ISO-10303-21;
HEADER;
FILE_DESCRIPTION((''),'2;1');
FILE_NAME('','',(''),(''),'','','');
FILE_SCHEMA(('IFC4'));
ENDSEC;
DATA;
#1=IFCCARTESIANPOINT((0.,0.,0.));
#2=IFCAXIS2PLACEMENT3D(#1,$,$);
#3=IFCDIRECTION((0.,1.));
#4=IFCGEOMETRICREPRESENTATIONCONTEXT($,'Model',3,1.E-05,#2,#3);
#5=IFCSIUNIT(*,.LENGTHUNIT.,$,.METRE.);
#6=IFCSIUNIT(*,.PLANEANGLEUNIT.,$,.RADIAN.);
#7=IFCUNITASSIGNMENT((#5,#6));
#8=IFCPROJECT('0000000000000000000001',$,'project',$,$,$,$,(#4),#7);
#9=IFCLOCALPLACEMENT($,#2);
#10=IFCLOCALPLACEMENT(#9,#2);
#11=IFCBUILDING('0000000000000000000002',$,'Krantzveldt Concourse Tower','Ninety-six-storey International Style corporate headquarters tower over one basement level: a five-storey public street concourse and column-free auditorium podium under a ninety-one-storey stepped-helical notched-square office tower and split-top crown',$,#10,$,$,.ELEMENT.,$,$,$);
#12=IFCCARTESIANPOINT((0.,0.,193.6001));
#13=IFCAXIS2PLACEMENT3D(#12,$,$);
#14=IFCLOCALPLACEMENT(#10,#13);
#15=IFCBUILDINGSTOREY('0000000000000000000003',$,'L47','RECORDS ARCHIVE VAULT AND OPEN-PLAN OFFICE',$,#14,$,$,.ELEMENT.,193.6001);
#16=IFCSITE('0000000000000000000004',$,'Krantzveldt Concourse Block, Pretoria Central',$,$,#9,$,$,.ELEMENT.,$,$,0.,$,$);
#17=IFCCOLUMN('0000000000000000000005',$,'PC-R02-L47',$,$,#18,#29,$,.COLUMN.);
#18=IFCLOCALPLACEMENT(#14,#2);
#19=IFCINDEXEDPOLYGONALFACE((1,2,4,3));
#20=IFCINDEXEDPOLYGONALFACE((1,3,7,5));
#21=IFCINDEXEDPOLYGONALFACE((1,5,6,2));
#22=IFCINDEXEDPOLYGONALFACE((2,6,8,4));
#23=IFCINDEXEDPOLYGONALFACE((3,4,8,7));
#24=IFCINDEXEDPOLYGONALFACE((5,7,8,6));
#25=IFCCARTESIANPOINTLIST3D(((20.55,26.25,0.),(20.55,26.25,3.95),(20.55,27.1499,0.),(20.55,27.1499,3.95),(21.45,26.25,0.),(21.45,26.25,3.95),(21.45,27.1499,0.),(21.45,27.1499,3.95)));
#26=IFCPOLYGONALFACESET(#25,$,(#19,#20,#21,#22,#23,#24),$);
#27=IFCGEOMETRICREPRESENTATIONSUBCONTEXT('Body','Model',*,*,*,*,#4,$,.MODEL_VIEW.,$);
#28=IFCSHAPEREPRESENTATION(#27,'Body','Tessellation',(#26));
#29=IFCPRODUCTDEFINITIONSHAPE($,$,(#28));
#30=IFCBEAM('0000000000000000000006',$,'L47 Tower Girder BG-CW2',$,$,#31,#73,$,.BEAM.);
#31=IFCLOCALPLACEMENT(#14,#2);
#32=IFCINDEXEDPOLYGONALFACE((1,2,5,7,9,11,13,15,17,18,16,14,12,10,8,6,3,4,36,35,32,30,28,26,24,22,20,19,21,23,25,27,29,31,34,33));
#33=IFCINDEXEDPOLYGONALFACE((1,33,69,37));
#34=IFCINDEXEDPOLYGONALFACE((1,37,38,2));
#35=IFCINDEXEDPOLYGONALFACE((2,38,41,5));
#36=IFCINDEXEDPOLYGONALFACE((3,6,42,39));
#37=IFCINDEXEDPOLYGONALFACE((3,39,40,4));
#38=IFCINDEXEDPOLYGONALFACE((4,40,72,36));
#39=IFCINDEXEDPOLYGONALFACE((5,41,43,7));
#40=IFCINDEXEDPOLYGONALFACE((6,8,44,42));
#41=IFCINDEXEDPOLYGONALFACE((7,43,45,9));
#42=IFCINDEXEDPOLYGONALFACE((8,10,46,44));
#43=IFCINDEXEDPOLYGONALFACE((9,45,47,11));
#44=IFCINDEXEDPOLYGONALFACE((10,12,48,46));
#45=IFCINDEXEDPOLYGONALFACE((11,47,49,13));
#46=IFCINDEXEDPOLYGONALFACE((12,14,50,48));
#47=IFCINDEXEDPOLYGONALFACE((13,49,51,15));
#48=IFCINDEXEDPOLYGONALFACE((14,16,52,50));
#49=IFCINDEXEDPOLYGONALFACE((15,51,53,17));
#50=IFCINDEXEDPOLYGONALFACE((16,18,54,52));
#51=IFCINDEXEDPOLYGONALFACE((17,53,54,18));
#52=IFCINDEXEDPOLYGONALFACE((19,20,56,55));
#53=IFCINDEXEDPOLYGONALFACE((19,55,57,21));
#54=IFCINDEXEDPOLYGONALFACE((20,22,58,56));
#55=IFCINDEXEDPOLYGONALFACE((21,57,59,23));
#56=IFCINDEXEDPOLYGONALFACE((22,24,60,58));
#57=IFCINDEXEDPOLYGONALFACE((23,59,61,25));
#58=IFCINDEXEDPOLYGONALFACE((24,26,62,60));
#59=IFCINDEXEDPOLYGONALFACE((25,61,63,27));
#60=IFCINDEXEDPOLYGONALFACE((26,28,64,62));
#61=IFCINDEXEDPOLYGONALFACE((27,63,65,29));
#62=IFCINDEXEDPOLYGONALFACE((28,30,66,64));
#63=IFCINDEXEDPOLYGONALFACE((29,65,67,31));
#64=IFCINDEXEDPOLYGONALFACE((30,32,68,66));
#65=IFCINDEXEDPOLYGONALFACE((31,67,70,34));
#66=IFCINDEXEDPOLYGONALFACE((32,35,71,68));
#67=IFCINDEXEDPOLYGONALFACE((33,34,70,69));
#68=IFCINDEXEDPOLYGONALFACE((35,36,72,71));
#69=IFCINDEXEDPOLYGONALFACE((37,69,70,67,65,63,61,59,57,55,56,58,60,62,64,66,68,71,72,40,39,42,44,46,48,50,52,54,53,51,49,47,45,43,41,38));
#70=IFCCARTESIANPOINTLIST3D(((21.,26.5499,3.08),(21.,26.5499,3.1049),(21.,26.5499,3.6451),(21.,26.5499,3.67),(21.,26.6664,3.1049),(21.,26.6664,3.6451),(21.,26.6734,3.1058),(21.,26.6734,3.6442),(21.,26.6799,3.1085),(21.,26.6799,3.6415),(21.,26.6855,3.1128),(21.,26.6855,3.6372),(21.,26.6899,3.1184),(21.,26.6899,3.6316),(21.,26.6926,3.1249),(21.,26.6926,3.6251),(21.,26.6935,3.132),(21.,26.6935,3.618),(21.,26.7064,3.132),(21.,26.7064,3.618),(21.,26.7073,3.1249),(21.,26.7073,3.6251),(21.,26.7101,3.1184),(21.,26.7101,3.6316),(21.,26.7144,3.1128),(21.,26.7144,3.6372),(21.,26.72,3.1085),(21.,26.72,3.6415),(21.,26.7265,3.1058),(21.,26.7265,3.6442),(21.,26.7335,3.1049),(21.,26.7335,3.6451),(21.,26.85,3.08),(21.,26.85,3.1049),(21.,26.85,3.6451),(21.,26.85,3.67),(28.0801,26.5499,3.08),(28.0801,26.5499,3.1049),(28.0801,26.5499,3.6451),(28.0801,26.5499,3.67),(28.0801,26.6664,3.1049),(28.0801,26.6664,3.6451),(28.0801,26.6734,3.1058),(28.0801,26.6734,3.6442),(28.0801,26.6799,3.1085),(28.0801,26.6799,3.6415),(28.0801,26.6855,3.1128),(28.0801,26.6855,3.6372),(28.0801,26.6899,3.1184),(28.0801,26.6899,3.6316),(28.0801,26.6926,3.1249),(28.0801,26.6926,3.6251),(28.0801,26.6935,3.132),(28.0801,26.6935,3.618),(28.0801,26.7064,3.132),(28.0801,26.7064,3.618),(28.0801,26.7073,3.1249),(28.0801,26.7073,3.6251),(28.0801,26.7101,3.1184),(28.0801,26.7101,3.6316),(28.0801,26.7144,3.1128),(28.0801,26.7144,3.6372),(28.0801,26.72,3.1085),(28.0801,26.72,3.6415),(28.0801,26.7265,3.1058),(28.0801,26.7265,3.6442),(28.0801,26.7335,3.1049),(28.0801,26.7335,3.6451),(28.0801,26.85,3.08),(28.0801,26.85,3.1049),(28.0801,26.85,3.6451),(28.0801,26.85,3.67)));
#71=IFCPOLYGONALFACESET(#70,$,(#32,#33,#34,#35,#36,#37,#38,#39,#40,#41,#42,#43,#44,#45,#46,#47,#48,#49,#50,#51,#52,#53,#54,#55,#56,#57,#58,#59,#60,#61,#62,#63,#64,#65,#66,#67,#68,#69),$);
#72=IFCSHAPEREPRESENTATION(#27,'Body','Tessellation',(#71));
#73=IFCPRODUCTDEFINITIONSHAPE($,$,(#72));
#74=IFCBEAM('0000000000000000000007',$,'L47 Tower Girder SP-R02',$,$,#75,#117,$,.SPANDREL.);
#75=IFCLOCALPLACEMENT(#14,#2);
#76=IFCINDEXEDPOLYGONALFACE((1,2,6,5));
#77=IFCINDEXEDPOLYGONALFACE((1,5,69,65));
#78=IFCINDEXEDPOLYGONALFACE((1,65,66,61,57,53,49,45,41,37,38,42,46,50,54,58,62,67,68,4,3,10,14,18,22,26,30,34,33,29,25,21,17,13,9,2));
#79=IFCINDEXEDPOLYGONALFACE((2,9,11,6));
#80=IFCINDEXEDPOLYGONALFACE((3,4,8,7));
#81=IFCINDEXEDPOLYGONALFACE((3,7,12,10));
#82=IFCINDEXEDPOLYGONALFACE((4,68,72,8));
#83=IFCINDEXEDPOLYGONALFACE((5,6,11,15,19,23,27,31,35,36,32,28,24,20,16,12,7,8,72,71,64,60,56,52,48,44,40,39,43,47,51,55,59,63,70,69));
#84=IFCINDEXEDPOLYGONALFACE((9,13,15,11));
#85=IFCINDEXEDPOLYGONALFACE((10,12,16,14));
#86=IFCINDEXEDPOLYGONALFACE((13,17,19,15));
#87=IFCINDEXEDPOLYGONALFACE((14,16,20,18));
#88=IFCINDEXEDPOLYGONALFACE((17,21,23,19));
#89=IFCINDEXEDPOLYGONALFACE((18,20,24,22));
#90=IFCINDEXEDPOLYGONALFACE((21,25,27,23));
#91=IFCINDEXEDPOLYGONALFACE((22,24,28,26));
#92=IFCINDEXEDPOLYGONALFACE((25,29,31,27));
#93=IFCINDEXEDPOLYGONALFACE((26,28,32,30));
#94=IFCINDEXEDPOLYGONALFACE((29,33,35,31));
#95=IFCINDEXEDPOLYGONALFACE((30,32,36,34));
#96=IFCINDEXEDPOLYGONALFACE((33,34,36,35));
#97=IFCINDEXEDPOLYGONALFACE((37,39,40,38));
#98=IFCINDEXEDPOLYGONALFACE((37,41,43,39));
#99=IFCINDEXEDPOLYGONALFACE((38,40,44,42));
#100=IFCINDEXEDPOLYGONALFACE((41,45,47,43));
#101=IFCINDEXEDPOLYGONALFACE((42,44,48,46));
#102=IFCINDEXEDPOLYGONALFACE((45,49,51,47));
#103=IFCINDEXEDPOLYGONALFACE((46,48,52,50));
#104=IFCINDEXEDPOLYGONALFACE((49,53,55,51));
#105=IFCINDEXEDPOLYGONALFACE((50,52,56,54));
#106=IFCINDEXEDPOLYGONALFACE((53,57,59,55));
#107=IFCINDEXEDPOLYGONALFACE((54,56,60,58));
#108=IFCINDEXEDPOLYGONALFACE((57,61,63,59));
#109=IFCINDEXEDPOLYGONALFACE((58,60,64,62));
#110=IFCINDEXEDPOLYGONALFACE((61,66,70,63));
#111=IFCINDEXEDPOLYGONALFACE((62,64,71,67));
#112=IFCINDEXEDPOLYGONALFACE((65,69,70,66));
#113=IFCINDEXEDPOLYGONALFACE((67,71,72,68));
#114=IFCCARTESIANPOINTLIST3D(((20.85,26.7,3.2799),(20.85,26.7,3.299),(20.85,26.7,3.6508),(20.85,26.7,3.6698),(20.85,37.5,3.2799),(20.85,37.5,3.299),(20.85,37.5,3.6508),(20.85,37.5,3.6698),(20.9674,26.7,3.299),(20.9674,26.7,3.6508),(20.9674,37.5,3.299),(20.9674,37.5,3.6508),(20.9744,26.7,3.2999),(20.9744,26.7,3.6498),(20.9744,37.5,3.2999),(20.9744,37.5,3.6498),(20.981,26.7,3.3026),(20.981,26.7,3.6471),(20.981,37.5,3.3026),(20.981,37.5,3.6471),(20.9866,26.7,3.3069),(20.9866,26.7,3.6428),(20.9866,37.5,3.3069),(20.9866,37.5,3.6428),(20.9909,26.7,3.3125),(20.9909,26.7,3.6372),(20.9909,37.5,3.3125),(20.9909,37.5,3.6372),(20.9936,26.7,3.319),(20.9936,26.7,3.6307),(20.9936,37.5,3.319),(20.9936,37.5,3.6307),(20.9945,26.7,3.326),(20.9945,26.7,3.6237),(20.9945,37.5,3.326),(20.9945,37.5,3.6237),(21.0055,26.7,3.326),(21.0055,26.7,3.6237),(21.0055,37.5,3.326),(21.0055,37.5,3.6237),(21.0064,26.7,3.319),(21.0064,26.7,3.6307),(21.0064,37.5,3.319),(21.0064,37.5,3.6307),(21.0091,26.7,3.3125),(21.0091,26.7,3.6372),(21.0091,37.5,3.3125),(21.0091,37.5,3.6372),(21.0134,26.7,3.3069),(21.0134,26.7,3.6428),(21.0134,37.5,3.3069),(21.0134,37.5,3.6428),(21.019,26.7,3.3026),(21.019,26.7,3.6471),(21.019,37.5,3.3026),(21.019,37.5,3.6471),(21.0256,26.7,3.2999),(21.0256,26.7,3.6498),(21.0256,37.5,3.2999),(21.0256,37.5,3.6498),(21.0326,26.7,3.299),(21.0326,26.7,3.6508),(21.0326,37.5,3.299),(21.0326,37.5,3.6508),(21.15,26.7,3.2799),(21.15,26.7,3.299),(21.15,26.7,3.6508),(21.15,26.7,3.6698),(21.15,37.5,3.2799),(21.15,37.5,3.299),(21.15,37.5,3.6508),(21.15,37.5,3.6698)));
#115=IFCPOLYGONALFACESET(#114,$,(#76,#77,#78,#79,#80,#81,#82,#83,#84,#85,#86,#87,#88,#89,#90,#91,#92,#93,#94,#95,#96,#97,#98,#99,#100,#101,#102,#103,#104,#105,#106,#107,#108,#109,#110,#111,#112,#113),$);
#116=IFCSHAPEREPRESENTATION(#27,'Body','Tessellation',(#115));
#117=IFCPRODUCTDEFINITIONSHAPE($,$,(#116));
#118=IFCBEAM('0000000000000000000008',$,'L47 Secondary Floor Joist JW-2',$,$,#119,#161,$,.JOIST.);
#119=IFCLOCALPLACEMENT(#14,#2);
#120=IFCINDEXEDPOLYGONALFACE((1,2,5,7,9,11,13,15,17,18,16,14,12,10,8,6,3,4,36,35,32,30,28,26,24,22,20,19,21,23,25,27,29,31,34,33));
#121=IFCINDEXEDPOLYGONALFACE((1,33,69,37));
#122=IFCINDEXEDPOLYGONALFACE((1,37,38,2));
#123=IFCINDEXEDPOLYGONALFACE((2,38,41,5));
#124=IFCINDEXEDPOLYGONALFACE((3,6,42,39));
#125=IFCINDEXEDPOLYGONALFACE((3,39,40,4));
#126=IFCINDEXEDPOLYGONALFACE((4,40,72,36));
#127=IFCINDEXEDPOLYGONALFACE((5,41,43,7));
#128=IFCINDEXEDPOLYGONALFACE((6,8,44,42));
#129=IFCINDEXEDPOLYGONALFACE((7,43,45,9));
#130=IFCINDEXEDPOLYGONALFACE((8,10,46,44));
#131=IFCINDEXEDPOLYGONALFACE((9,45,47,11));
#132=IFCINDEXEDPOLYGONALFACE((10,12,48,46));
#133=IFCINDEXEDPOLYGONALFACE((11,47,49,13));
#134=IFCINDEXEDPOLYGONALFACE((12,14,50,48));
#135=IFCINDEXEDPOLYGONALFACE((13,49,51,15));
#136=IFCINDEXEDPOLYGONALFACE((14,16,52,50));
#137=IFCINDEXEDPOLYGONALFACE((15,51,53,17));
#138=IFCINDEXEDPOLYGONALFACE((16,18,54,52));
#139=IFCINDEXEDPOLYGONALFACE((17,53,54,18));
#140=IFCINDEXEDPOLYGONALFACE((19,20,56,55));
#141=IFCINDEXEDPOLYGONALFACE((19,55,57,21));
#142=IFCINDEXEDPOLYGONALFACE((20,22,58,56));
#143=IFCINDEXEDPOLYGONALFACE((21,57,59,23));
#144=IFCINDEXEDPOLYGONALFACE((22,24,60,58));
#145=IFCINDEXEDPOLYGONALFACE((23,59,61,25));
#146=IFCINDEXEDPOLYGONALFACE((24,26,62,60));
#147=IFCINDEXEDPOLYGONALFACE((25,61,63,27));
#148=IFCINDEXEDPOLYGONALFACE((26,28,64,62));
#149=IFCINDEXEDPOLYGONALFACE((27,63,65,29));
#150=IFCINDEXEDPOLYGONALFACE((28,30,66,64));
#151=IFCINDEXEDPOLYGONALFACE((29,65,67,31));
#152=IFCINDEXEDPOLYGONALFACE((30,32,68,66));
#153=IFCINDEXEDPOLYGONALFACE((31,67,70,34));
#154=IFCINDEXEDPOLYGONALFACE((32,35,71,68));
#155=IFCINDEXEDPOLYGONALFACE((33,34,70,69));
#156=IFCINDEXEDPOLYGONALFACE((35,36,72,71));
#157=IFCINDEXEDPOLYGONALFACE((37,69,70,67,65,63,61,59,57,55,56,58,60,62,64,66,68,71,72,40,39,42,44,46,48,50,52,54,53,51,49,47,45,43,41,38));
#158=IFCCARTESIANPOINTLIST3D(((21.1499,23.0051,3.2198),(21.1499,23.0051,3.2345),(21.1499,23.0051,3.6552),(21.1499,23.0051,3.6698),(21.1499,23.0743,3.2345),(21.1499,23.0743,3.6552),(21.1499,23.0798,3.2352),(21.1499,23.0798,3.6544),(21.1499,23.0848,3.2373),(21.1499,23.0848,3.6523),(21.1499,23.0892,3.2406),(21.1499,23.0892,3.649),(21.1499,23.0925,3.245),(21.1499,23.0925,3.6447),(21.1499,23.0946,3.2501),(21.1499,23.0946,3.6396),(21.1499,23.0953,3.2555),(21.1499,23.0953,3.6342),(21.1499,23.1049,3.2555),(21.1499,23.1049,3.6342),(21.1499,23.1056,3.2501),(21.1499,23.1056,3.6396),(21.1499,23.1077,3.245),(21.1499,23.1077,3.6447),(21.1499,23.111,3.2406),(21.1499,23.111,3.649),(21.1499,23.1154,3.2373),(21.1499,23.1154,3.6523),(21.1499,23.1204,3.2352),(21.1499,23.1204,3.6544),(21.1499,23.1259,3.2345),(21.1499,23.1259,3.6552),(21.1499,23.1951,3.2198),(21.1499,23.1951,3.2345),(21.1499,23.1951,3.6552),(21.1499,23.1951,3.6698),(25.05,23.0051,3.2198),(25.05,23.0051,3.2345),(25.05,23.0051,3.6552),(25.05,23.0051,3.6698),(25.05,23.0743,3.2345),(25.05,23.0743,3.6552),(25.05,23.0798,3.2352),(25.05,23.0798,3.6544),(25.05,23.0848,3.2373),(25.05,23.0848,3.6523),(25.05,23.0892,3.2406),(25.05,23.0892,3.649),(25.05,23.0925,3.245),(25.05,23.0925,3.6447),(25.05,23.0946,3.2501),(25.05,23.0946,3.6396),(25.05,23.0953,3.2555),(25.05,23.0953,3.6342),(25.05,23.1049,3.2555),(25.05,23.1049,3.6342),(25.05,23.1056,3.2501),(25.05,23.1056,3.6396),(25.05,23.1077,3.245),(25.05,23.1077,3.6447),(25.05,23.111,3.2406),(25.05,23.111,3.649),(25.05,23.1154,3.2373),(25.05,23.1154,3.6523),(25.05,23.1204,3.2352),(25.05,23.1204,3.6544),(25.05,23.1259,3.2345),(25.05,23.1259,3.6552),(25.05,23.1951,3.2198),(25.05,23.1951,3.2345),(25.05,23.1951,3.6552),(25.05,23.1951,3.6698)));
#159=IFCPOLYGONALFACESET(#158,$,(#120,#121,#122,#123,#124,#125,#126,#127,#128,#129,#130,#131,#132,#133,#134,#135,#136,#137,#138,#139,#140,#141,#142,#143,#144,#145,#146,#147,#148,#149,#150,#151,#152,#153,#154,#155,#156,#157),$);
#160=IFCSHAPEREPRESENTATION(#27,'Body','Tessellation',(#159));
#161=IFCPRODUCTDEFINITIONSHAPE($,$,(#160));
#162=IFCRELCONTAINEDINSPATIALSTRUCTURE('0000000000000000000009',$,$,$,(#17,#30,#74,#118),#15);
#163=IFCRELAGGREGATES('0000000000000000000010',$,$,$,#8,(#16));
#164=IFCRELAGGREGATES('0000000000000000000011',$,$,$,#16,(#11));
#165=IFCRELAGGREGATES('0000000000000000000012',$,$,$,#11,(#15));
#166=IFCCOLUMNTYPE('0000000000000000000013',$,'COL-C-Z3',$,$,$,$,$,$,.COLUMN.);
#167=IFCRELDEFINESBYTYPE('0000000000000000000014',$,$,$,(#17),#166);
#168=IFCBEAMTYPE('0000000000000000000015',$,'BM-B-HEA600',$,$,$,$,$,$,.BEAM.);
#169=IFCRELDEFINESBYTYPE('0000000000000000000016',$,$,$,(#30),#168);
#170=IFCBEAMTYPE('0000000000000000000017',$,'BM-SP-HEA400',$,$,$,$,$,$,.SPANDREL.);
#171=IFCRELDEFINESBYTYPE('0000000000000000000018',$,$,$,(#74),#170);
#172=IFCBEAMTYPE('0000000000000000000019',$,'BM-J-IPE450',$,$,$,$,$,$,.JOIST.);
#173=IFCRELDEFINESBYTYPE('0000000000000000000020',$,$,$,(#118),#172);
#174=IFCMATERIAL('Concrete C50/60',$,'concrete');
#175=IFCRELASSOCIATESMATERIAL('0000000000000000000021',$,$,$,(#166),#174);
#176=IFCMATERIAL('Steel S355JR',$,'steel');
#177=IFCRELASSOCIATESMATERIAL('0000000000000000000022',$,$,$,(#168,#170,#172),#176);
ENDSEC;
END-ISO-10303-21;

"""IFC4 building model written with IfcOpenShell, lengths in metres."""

from ifc_helpers import new_model, si_unit, direction, frame, origin, origin_2d, place, context, subcontext, project, spatial, rectangle, i_section, extrude, source, transform, mapped, material, material_profile, profile_set, type_object, type_shapes, element, save


model = new_model("IFC4")

# Units and contexts
model_context = context("Model", 3, precision=1e-05, world=origin(), true_north=direction((0.0, 1.0)))
body_context = subcontext(model_context, "Body", "Model", "MODEL_VIEW")
ifc_project = project(units=[si_unit("LENGTHUNIT", "METRE"), si_unit("PLANEANGLEUNIT", "RADIAN")], contexts=[model_context])

# Site, building, storey
site_placement = place(None, origin())
site = spatial("IfcSite", under=ifc_project, at=site_placement, Name="Krantzveldt Concourse Block, Pretoria Central", CompositionType="ELEMENT", RefElevation=0.0)
building_placement = place(site_placement, origin())
building = spatial("IfcBuilding", under=site, at=building_placement, Name="Krantzveldt Concourse Tower", Description="Ninety-six-storey International Style corporate headquarters tower over one basement level: a five-storey public street concourse and column-free auditorium podium under a ninety-one-storey stepped-helical notched-square office tower and split-top crown", CompositionType="ELEMENT")
storey_placement = place(building_placement, frame((0.0, 0.0, 193.6001)))
storey = spatial("IfcBuildingStorey", under=building, at=storey_placement, Name="L47", Description="RECORDS ARCHIVE VAULT AND OPEN-PLAN OFFICE", CompositionType="ELEMENT", Elevation=193.6001)

# Column
ifc_material_1 = material(Name="Concrete C50/60", Category="concrete")
ifc_material_profile_1 = material_profile(ifc_material_1, rectangle(XDim=0.8999, YDim=0.8999, at=origin_2d()), Name="Concrete C50/60", Category="concrete")
ifc_profile_set_1 = profile_set([ifc_material_profile_1], Name="Concrete C50/60 - RC 900x900")
column_type = type_object("IfcColumnType", Name="COL-C-Z3", PredefinedType="COLUMN", material=ifc_profile_set_1)
shared_shape_1 = source(origin(), body_context, "Body", "SweptSolid", [
    extrude(rectangle(XDim=0.8999, YDim=0.8999, at=origin_2d()), origin(), (0.0, 0.0, 1.0), 3.95),
])
type_shapes(column_type, [shared_shape_1])
column_placement = place(storey_placement, frame((21.0, 26.7, 0.0), z_axis=(0.0, 0.0, 1.0), x_axis=(1.0, 0.0, 0.0)))
element("IfcColumn", 1, at=column_placement, inside=storey, type_object=column_type, Name="PC-R02-L47", PredefinedType="COLUMN", context=body_context, shape_type="MappedRepresentation", body=[
    mapped(shared_shape_1, transform((0.0, 0.0, 0.0), x_axis=(1.0, 0.0, 0.0), y_axis=(0.0, 1.0, 0.0), z_axis=(0.0, 0.0, 1.0), scale=1.0)),
])

# Beams
ifc_material_2 = material(Name="Steel S355JR", Category="steel")
ifc_material_profile_2 = material_profile(ifc_material_2, i_section(OverallWidth=0.3, OverallDepth=0.5901, WebThickness=0.0129, FlangeThickness=0.0249, FilletRadius=0.0271, at=origin_2d()), Name="Steel S355JR", Category="steel")
ifc_profile_set_2 = profile_set([ifc_material_profile_2], Name="Steel S355JR - HEA 600")
beam_type_1 = type_object("IfcBeamType", Name="BM-B-HEA600", PredefinedType="BEAM", material=ifc_profile_set_2)
shared_shape_2 = source(origin(), body_context, "Body", "SweptSolid", [
    extrude(i_section(OverallWidth=0.3, OverallDepth=0.5901, WebThickness=0.0129, FlangeThickness=0.0249, FilletRadius=0.0271, at=origin_2d()), origin(), (0.0, 0.0, 1.0), 7.0801),
])
type_shapes(beam_type_1, [shared_shape_2])
beam_1_placement = place(storey_placement, frame((21.0, 26.7, 3.375), z_axis=(1.0, 0.0, 0.0), x_axis=(0.0, 1.0, 0.0)))
element("IfcBeam", 2, at=beam_1_placement, inside=storey, type_object=beam_type_1, Name="L47 Tower Girder BG-CW2", PredefinedType="BEAM", context=body_context, shape_type="MappedRepresentation", body=[
    mapped(shared_shape_2, transform((0.0, 0.0, 0.0), x_axis=(1.0, 0.0, 0.0), y_axis=(0.0, 1.0, 0.0), z_axis=(0.0, 0.0, 1.0), scale=1.0)),
])
ifc_material_profile_3 = material_profile(ifc_material_2, i_section(OverallWidth=0.3, OverallDepth=0.3899, WebThickness=0.011, FlangeThickness=0.019, FilletRadius=0.0271, at=origin_2d()), Name="Steel S355JR", Category="steel")
ifc_profile_set_3 = profile_set([ifc_material_profile_3], Name="Steel S355JR - HEA 400")
beam_type_2 = type_object("IfcBeamType", Name="BM-SP-HEA400", PredefinedType="SPANDREL", material=ifc_profile_set_3)
shared_shape_3 = source(origin(), body_context, "Body", "SweptSolid", [
    extrude(i_section(OverallWidth=0.3, OverallDepth=0.3899, WebThickness=0.011, FlangeThickness=0.019, FilletRadius=0.0271, at=origin_2d()), origin(), (0.0, 0.0, 1.0), 10.8),
])
type_shapes(beam_type_2, [shared_shape_3])
beam_2_placement = place(storey_placement, frame((21.0, 26.7, 3.4749), z_axis=(0.0, 1.0, 0.0), x_axis=(-1.0, 0.0, 0.0)))
element("IfcBeam", 3, at=beam_2_placement, inside=storey, type_object=beam_type_2, Name="L47 Tower Girder SP-R02", PredefinedType="SPANDREL", context=body_context, shape_type="MappedRepresentation", body=[
    mapped(shared_shape_3, transform((0.0, 0.0, 0.0), x_axis=(1.0, 0.0, 0.0), y_axis=(0.0, 1.0, 0.0), z_axis=(0.0, 0.0, 1.0), scale=1.0)),
])
ifc_material_profile_4 = material_profile(ifc_material_2, i_section(OverallWidth=0.1899, OverallDepth=0.45, WebThickness=0.0095, FlangeThickness=0.0146, FilletRadius=0.021, at=origin_2d()), Name="Steel S355JR", Category="steel")
ifc_profile_set_4 = profile_set([ifc_material_profile_4], Name="Steel S355JR - IPE 450")
beam_type_3 = type_object("IfcBeamType", Name="BM-J-IPE450", PredefinedType="JOIST", material=ifc_profile_set_4)
shared_shape_4 = source(origin(), body_context, "Body", "SweptSolid", [
    extrude(i_section(OverallWidth=0.1899, OverallDepth=0.45, WebThickness=0.0095, FlangeThickness=0.0146, FilletRadius=0.021, at=origin_2d()), origin(), (0.0, 0.0, 1.0), 3.9001),
])
type_shapes(beam_type_3, [shared_shape_4])
for number, where, z_axis, x_axis, name in (
    (4, (21.1499, 23.1001, 3.4448), (1.0, 0.0, 0.0), (0.0, 1.0, 0.0), "L47 Secondary Floor Joist JW-2"),
):
    element("IfcBeam", number, at=place(storey_placement, frame(where, z_axis=z_axis, x_axis=x_axis)), inside=storey, type_object=beam_type_3, Name=name, PredefinedType="JOIST", context=body_context, shape_type="MappedRepresentation", body=[
        mapped(shared_shape_4, transform((0.0, 0.0, 0.0), x_axis=(1.0, 0.0, 0.0), y_axis=(0.0, 1.0, 0.0), z_axis=(0.0, 0.0, 1.0), scale=1.0)),
    ])

save(model, "model.ifc")
